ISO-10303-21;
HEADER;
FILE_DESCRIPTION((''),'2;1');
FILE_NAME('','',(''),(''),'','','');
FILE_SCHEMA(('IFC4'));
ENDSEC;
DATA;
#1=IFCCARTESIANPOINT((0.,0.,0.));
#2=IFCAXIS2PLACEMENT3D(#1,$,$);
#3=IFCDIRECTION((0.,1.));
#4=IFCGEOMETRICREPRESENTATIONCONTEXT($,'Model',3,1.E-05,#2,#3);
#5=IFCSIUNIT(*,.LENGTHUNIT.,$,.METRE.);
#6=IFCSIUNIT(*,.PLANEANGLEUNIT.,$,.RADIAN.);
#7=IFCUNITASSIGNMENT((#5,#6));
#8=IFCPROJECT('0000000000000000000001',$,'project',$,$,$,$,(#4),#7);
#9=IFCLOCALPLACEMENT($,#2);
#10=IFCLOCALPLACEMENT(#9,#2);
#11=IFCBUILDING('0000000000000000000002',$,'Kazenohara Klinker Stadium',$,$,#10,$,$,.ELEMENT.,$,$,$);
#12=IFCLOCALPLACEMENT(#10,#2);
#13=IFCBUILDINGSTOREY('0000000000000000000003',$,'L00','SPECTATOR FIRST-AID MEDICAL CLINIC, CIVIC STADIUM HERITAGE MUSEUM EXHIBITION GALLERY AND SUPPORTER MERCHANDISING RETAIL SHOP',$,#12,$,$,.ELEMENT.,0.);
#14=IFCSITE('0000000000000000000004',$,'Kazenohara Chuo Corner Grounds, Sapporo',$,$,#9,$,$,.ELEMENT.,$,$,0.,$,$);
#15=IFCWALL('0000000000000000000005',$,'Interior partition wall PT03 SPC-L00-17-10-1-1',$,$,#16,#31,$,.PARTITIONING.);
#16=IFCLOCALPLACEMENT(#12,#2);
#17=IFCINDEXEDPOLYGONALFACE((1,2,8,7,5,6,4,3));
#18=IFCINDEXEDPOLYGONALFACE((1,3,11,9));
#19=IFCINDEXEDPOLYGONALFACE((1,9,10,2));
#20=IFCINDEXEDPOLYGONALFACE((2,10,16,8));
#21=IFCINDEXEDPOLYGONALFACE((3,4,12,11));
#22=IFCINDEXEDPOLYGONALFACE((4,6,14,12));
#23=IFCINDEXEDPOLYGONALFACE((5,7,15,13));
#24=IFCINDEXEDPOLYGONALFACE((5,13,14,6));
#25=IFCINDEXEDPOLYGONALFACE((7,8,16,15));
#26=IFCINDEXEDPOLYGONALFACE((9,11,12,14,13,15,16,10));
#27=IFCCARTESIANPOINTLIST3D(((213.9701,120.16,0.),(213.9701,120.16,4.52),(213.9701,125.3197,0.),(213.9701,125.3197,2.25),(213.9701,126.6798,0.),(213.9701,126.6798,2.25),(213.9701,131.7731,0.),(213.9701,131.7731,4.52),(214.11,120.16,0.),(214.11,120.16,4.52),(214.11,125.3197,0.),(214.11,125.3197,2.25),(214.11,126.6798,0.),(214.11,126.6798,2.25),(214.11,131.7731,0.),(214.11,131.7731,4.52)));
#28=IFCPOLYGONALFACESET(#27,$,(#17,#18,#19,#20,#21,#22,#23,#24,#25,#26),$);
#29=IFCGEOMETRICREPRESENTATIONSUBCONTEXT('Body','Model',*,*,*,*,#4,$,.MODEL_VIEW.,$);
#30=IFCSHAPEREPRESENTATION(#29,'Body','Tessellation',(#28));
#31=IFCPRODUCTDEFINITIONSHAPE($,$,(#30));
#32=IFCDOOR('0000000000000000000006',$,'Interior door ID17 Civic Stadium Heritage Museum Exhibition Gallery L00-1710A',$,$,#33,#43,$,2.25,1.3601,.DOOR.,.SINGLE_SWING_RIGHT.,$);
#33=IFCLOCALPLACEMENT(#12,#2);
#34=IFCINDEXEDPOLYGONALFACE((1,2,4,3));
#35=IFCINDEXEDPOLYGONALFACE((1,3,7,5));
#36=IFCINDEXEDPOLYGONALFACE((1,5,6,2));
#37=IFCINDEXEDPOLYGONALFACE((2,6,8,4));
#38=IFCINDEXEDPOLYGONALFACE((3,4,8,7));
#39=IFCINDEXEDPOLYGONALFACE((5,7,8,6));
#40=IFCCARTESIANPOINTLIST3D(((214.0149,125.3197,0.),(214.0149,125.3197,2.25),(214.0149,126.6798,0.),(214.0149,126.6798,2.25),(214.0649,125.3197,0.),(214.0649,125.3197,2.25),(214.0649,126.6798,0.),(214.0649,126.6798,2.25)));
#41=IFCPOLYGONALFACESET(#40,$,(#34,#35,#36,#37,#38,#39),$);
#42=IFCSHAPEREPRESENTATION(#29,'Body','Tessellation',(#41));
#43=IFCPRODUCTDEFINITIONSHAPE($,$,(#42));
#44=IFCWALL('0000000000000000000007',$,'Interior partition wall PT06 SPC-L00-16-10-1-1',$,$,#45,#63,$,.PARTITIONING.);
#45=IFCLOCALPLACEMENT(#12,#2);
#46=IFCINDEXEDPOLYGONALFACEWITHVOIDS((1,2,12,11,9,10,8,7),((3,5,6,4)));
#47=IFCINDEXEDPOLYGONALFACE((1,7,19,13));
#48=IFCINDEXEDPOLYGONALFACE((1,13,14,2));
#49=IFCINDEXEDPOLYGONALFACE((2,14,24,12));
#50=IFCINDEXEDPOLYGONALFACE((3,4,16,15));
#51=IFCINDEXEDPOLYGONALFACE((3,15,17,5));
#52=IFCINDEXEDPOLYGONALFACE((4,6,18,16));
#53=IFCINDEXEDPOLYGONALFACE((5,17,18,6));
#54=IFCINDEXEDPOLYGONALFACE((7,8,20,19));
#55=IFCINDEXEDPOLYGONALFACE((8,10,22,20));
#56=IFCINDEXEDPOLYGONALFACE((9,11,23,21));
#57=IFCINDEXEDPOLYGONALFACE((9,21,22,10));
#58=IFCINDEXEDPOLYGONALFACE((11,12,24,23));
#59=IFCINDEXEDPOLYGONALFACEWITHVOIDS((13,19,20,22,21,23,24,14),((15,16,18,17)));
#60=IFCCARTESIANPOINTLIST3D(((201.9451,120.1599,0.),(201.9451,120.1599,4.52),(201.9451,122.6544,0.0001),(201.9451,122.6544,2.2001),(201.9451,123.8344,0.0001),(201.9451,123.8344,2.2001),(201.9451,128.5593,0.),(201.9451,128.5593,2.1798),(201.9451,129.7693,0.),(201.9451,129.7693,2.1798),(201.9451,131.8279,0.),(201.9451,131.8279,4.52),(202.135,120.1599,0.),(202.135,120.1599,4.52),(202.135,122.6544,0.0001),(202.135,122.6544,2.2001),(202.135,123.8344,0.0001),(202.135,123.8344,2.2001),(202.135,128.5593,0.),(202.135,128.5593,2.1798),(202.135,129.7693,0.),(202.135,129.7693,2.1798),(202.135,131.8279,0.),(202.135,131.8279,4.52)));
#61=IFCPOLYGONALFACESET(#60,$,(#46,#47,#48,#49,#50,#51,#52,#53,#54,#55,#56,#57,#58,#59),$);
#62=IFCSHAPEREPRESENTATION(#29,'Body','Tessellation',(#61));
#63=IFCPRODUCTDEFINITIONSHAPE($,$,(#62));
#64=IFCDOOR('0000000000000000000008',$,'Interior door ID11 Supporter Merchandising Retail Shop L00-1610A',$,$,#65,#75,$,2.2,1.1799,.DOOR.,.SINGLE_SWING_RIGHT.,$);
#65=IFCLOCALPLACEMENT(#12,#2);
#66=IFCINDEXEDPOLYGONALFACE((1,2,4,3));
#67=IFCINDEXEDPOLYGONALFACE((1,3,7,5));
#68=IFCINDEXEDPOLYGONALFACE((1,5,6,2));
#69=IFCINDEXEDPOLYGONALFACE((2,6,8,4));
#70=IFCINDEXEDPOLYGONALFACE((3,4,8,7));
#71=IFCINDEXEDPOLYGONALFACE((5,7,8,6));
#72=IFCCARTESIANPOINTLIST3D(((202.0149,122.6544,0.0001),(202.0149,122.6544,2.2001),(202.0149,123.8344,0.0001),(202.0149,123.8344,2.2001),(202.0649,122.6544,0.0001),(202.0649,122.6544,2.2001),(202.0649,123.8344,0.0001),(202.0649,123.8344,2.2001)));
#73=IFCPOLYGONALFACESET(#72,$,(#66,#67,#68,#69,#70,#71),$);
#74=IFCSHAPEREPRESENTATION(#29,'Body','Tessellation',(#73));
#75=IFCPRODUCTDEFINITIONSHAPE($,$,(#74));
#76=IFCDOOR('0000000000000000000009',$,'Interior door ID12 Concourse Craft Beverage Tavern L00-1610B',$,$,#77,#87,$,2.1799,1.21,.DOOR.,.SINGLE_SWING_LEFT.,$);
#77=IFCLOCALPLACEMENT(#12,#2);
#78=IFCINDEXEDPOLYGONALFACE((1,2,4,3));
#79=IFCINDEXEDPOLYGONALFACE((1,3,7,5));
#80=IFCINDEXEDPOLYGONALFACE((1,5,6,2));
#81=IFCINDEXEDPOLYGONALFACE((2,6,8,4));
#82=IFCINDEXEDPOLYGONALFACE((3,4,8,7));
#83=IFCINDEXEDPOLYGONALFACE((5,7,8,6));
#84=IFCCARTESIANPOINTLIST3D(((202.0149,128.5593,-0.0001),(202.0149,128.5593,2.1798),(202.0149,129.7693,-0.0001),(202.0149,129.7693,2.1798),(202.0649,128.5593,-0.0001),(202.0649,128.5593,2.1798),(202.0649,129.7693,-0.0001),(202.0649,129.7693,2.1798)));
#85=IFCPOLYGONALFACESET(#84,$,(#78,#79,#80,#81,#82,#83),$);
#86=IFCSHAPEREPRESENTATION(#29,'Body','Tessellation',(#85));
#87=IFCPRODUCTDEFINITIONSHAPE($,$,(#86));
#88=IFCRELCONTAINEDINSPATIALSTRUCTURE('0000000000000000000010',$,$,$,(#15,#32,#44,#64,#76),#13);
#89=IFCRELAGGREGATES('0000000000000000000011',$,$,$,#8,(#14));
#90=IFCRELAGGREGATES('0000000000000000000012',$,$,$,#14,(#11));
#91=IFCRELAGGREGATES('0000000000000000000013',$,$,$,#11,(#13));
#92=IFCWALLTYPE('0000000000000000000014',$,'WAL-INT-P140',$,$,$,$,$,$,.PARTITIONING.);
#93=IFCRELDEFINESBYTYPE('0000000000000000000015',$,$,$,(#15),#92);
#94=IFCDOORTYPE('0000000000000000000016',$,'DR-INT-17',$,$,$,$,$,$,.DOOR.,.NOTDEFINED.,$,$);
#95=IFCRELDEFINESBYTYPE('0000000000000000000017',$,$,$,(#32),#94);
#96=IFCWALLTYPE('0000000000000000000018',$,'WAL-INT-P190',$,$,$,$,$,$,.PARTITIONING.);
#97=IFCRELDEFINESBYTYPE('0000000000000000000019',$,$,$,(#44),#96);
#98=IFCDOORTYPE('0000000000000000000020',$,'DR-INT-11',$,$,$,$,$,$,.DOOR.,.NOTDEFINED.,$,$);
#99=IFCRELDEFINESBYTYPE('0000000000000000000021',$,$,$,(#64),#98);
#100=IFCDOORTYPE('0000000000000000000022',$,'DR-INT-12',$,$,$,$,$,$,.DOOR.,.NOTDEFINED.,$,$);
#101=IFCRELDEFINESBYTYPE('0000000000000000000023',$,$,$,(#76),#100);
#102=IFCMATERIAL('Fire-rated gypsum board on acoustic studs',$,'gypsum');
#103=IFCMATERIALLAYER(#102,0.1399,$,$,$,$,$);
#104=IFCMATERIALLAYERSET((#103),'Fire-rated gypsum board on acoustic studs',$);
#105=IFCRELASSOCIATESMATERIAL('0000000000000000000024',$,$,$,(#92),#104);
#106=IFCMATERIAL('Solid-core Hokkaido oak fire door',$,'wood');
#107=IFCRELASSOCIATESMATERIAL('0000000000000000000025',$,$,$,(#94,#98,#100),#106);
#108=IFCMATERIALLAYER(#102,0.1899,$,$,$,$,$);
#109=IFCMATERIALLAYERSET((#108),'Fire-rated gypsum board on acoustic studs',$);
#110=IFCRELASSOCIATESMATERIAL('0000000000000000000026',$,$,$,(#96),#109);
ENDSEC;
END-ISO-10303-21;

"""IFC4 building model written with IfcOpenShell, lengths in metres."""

from ifc_helpers import new_model, si_unit, direction, frame, frame_2d, origin, place, context, subcontext, project, spatial, rectangle, extrude, material, layer, layer_set, type_object, element, fill, save


model = new_model("IFC4")

# Units and contexts
model_context = context("Model", 3, precision=1e-05, world=origin(), true_north=direction((0.0, 1.0)))
body_context = subcontext(model_context, "Body", "Model", "MODEL_VIEW")
ifc_project = project(units=[si_unit("LENGTHUNIT", "METRE"), si_unit("PLANEANGLEUNIT", "RADIAN")], contexts=[model_context])

# Site, building, storey
site_placement = place(None, origin())
site = spatial("IfcSite", under=ifc_project, at=site_placement, Name="Kazenohara Chuo Corner Grounds, Sapporo", CompositionType="ELEMENT", RefElevation=0.0)
building_placement = place(site_placement, origin())
building = spatial("IfcBuilding", under=site, at=building_placement, Name="Kazenohara Klinker Stadium", CompositionType="ELEMENT")
storey_placement = place(building_placement, origin())
storey = spatial("IfcBuildingStorey", under=building, at=storey_placement, Name="L00", Description="SPECTATOR FIRST-AID MEDICAL CLINIC, CIVIC STADIUM HERITAGE MUSEUM EXHIBITION GALLERY AND SUPPORTER MERCHANDISING RETAIL SHOP", CompositionType="ELEMENT", Elevation=0.0)

# Shared definitions
ifc_material_1 = material(Name="Fire-rated gypsum board on acoustic studs", Category="gypsum")

# Wall, opening, door
ifc_layer_1 = layer(ifc_material_1, 0.1399)
ifc_layer_set_1 = layer_set([ifc_layer_1], Name="Fire-rated gypsum board on acoustic studs")
wall_type_1 = type_object("IfcWallType", Name="WAL-INT-P140", PredefinedType="PARTITIONING", material=ifc_layer_set_1)
wall_1_placement = place(storey_placement, frame((214.04, 120.1599, 0.0), z_axis=(0.0, 0.0, 1.0), x_axis=(0.0, 1.0, 0.0)))
wall_1 = element("IfcWall", 1, at=wall_1_placement, inside=storey, type_object=wall_type_1, Name="Interior partition wall PT03 SPC-L00-17-10-1-1", PredefinedType="PARTITIONING", context=body_context, shape_type="SweptSolid", body=[
    extrude(rectangle(XDim=11.613, YDim=0.1399, at=frame_2d((5.8066, 0.0))), origin(), (0.0, 0.0, 1.0), 4.52),
])
opening_1_placement = place(wall_1_placement, frame((6.52, 0.0, 0.0), z_axis=(0.0, 0.0, 1.0), x_axis=(-1.0, 0.0, 0.0)))
opening_1 = element("IfcOpeningElement", 2, at=opening_1_placement, cuts=wall_1, PredefinedType="OPENING", context=body_context, shape_type="SweptSolid", body=[
    extrude(rectangle(XDim=1.3601, YDim=2.25, at=frame_2d((0.6802, 1.125))), frame((0.0, 0.0801, 0.0), z_axis=(0.0, -1.0, 0.0), x_axis=(1.0, 0.0, 0.0)), (0.0, 0.0, 1.0), 0.1599),
])
ifc_material_2 = material(Name="Solid-core Hokkaido oak fire door", Category="wood")
door_type_1 = type_object("IfcDoorType", Name="DR-INT-17", OperationType="NOTDEFINED", PredefinedType="DOOR", material=ifc_material_2)
door_1_placement = place(opening_1_placement, origin())
door_1 = element("IfcDoor", 3, at=door_1_placement, inside=storey, type_object=door_type_1, Name="Interior door ID17 Civic Stadium Heritage Museum Exhibition Gallery L00-1710A", OperationType="SINGLE_SWING_RIGHT", OverallHeight=2.25, OverallWidth=1.3601, PredefinedType="DOOR", context=body_context, shape_type="SweptSolid", body=[
    extrude(rectangle(XDim=1.3601, YDim=2.25, at=frame_2d((0.6802, 1.125))), frame((0.0, 0.0249, 0.0), z_axis=(0.0, -1.0, 0.0), x_axis=(1.0, 0.0, 0.0)), (0.0, 0.0, 1.0), 0.05),
])
fill(opening_1, door_1)

# Wall, openings, doors
ifc_layer_2 = layer(ifc_material_1, 0.1899)
ifc_layer_set_2 = layer_set([ifc_layer_2], Name="Fire-rated gypsum board on acoustic studs")
wall_type_2 = type_object("IfcWallType", Name="WAL-INT-P190", PredefinedType="PARTITIONING", material=ifc_layer_set_2)
wall_2_placement = place(storey_placement, frame((202.04, 120.1599, 0.0), z_axis=(0.0, 0.0, 1.0), x_axis=(0.0, 1.0, 0.0)))
wall_2 = element("IfcWall", 4, at=wall_2_placement, inside=storey, type_object=wall_type_2, Name="Interior partition wall PT06 SPC-L00-16-10-1-1", PredefinedType="PARTITIONING", context=body_context, shape_type="SweptSolid", body=[
    extrude(rectangle(XDim=11.668, YDim=0.1899, at=frame_2d((5.834, 0.0))), origin(), (0.0, 0.0, 1.0), 4.52),
])
opening_2_placement = place(wall_2_placement, frame((3.6743, 0.0, 0.0), z_axis=(0.0, 0.0, 1.0), x_axis=(-1.0, 0.0, 0.0)))
opening_2 = element("IfcOpeningElement", 5, at=opening_2_placement, cuts=wall_2, PredefinedType="OPENING", context=body_context, shape_type="SweptSolid", body=[
    extrude(rectangle(XDim=1.1799, YDim=2.2, at=frame_2d((0.5898, 1.1001))), frame((0.0, 0.105, 0.0), z_axis=(0.0, -1.0, 0.0), x_axis=(1.0, 0.0, 0.0)), (0.0, 0.0, 1.0), 0.21),
])
opening_3_placement = place(wall_2_placement, frame((9.6094, 0.0, 0.0), z_axis=(0.0, 0.0, 1.0), x_axis=(-1.0, 0.0, 0.0)))
opening_3 = element("IfcOpeningElement", 6, at=opening_3_placement, cuts=wall_2, PredefinedType="OPENING", context=body_context, shape_type="SweptSolid", body=[
    extrude(rectangle(XDim=1.21, YDim=2.1799, at=frame_2d((0.605, 1.0898))), frame((0.0, 0.105, 0.0), z_axis=(0.0, -1.0, 0.0), x_axis=(1.0, 0.0, 0.0)), (0.0, 0.0, 1.0), 0.21),
])
door_type_2 = type_object("IfcDoorType", Name="DR-INT-11", OperationType="NOTDEFINED", PredefinedType="DOOR", material=ifc_material_2)
door_2_placement = place(opening_2_placement, origin())
door_2 = element("IfcDoor", 7, at=door_2_placement, inside=storey, type_object=door_type_2, Name="Interior door ID11 Supporter Merchandising Retail Shop L00-1610A", OperationType="SINGLE_SWING_RIGHT", OverallHeight=2.2, OverallWidth=1.1799, PredefinedType="DOOR", context=body_context, shape_type="SweptSolid", body=[
    extrude(rectangle(XDim=1.1799, YDim=2.2, at=frame_2d((0.5898, 1.1001))), frame((0.0, 0.0249, 0.0), z_axis=(0.0, -1.0, 0.0), x_axis=(1.0, 0.0, 0.0)), (0.0, 0.0, 1.0), 0.05),
])
fill(opening_2, door_2)
door_type_3 = type_object("IfcDoorType", Name="DR-INT-12", OperationType="NOTDEFINED", PredefinedType="DOOR", material=ifc_material_2)
door_3_placement = place(opening_3_placement, origin())
door_3 = element("IfcDoor", 8, at=door_3_placement, inside=storey, type_object=door_type_3, Name="Interior door ID12 Concourse Craft Beverage Tavern L00-1610B", OperationType="SINGLE_SWING_LEFT", OverallHeight=2.1799, OverallWidth=1.21, PredefinedType="DOOR", context=body_context, shape_type="SweptSolid", body=[
    extrude(rectangle(XDim=1.21, YDim=2.1799, at=frame_2d((0.605, 1.0898))), frame((0.0, 0.0249, 0.0), z_axis=(0.0, -1.0, 0.0), x_axis=(1.0, 0.0, 0.0)), (0.0, 0.0, 1.0), 0.05),
])
fill(opening_3, door_3)

save(model, "model.ifc")
